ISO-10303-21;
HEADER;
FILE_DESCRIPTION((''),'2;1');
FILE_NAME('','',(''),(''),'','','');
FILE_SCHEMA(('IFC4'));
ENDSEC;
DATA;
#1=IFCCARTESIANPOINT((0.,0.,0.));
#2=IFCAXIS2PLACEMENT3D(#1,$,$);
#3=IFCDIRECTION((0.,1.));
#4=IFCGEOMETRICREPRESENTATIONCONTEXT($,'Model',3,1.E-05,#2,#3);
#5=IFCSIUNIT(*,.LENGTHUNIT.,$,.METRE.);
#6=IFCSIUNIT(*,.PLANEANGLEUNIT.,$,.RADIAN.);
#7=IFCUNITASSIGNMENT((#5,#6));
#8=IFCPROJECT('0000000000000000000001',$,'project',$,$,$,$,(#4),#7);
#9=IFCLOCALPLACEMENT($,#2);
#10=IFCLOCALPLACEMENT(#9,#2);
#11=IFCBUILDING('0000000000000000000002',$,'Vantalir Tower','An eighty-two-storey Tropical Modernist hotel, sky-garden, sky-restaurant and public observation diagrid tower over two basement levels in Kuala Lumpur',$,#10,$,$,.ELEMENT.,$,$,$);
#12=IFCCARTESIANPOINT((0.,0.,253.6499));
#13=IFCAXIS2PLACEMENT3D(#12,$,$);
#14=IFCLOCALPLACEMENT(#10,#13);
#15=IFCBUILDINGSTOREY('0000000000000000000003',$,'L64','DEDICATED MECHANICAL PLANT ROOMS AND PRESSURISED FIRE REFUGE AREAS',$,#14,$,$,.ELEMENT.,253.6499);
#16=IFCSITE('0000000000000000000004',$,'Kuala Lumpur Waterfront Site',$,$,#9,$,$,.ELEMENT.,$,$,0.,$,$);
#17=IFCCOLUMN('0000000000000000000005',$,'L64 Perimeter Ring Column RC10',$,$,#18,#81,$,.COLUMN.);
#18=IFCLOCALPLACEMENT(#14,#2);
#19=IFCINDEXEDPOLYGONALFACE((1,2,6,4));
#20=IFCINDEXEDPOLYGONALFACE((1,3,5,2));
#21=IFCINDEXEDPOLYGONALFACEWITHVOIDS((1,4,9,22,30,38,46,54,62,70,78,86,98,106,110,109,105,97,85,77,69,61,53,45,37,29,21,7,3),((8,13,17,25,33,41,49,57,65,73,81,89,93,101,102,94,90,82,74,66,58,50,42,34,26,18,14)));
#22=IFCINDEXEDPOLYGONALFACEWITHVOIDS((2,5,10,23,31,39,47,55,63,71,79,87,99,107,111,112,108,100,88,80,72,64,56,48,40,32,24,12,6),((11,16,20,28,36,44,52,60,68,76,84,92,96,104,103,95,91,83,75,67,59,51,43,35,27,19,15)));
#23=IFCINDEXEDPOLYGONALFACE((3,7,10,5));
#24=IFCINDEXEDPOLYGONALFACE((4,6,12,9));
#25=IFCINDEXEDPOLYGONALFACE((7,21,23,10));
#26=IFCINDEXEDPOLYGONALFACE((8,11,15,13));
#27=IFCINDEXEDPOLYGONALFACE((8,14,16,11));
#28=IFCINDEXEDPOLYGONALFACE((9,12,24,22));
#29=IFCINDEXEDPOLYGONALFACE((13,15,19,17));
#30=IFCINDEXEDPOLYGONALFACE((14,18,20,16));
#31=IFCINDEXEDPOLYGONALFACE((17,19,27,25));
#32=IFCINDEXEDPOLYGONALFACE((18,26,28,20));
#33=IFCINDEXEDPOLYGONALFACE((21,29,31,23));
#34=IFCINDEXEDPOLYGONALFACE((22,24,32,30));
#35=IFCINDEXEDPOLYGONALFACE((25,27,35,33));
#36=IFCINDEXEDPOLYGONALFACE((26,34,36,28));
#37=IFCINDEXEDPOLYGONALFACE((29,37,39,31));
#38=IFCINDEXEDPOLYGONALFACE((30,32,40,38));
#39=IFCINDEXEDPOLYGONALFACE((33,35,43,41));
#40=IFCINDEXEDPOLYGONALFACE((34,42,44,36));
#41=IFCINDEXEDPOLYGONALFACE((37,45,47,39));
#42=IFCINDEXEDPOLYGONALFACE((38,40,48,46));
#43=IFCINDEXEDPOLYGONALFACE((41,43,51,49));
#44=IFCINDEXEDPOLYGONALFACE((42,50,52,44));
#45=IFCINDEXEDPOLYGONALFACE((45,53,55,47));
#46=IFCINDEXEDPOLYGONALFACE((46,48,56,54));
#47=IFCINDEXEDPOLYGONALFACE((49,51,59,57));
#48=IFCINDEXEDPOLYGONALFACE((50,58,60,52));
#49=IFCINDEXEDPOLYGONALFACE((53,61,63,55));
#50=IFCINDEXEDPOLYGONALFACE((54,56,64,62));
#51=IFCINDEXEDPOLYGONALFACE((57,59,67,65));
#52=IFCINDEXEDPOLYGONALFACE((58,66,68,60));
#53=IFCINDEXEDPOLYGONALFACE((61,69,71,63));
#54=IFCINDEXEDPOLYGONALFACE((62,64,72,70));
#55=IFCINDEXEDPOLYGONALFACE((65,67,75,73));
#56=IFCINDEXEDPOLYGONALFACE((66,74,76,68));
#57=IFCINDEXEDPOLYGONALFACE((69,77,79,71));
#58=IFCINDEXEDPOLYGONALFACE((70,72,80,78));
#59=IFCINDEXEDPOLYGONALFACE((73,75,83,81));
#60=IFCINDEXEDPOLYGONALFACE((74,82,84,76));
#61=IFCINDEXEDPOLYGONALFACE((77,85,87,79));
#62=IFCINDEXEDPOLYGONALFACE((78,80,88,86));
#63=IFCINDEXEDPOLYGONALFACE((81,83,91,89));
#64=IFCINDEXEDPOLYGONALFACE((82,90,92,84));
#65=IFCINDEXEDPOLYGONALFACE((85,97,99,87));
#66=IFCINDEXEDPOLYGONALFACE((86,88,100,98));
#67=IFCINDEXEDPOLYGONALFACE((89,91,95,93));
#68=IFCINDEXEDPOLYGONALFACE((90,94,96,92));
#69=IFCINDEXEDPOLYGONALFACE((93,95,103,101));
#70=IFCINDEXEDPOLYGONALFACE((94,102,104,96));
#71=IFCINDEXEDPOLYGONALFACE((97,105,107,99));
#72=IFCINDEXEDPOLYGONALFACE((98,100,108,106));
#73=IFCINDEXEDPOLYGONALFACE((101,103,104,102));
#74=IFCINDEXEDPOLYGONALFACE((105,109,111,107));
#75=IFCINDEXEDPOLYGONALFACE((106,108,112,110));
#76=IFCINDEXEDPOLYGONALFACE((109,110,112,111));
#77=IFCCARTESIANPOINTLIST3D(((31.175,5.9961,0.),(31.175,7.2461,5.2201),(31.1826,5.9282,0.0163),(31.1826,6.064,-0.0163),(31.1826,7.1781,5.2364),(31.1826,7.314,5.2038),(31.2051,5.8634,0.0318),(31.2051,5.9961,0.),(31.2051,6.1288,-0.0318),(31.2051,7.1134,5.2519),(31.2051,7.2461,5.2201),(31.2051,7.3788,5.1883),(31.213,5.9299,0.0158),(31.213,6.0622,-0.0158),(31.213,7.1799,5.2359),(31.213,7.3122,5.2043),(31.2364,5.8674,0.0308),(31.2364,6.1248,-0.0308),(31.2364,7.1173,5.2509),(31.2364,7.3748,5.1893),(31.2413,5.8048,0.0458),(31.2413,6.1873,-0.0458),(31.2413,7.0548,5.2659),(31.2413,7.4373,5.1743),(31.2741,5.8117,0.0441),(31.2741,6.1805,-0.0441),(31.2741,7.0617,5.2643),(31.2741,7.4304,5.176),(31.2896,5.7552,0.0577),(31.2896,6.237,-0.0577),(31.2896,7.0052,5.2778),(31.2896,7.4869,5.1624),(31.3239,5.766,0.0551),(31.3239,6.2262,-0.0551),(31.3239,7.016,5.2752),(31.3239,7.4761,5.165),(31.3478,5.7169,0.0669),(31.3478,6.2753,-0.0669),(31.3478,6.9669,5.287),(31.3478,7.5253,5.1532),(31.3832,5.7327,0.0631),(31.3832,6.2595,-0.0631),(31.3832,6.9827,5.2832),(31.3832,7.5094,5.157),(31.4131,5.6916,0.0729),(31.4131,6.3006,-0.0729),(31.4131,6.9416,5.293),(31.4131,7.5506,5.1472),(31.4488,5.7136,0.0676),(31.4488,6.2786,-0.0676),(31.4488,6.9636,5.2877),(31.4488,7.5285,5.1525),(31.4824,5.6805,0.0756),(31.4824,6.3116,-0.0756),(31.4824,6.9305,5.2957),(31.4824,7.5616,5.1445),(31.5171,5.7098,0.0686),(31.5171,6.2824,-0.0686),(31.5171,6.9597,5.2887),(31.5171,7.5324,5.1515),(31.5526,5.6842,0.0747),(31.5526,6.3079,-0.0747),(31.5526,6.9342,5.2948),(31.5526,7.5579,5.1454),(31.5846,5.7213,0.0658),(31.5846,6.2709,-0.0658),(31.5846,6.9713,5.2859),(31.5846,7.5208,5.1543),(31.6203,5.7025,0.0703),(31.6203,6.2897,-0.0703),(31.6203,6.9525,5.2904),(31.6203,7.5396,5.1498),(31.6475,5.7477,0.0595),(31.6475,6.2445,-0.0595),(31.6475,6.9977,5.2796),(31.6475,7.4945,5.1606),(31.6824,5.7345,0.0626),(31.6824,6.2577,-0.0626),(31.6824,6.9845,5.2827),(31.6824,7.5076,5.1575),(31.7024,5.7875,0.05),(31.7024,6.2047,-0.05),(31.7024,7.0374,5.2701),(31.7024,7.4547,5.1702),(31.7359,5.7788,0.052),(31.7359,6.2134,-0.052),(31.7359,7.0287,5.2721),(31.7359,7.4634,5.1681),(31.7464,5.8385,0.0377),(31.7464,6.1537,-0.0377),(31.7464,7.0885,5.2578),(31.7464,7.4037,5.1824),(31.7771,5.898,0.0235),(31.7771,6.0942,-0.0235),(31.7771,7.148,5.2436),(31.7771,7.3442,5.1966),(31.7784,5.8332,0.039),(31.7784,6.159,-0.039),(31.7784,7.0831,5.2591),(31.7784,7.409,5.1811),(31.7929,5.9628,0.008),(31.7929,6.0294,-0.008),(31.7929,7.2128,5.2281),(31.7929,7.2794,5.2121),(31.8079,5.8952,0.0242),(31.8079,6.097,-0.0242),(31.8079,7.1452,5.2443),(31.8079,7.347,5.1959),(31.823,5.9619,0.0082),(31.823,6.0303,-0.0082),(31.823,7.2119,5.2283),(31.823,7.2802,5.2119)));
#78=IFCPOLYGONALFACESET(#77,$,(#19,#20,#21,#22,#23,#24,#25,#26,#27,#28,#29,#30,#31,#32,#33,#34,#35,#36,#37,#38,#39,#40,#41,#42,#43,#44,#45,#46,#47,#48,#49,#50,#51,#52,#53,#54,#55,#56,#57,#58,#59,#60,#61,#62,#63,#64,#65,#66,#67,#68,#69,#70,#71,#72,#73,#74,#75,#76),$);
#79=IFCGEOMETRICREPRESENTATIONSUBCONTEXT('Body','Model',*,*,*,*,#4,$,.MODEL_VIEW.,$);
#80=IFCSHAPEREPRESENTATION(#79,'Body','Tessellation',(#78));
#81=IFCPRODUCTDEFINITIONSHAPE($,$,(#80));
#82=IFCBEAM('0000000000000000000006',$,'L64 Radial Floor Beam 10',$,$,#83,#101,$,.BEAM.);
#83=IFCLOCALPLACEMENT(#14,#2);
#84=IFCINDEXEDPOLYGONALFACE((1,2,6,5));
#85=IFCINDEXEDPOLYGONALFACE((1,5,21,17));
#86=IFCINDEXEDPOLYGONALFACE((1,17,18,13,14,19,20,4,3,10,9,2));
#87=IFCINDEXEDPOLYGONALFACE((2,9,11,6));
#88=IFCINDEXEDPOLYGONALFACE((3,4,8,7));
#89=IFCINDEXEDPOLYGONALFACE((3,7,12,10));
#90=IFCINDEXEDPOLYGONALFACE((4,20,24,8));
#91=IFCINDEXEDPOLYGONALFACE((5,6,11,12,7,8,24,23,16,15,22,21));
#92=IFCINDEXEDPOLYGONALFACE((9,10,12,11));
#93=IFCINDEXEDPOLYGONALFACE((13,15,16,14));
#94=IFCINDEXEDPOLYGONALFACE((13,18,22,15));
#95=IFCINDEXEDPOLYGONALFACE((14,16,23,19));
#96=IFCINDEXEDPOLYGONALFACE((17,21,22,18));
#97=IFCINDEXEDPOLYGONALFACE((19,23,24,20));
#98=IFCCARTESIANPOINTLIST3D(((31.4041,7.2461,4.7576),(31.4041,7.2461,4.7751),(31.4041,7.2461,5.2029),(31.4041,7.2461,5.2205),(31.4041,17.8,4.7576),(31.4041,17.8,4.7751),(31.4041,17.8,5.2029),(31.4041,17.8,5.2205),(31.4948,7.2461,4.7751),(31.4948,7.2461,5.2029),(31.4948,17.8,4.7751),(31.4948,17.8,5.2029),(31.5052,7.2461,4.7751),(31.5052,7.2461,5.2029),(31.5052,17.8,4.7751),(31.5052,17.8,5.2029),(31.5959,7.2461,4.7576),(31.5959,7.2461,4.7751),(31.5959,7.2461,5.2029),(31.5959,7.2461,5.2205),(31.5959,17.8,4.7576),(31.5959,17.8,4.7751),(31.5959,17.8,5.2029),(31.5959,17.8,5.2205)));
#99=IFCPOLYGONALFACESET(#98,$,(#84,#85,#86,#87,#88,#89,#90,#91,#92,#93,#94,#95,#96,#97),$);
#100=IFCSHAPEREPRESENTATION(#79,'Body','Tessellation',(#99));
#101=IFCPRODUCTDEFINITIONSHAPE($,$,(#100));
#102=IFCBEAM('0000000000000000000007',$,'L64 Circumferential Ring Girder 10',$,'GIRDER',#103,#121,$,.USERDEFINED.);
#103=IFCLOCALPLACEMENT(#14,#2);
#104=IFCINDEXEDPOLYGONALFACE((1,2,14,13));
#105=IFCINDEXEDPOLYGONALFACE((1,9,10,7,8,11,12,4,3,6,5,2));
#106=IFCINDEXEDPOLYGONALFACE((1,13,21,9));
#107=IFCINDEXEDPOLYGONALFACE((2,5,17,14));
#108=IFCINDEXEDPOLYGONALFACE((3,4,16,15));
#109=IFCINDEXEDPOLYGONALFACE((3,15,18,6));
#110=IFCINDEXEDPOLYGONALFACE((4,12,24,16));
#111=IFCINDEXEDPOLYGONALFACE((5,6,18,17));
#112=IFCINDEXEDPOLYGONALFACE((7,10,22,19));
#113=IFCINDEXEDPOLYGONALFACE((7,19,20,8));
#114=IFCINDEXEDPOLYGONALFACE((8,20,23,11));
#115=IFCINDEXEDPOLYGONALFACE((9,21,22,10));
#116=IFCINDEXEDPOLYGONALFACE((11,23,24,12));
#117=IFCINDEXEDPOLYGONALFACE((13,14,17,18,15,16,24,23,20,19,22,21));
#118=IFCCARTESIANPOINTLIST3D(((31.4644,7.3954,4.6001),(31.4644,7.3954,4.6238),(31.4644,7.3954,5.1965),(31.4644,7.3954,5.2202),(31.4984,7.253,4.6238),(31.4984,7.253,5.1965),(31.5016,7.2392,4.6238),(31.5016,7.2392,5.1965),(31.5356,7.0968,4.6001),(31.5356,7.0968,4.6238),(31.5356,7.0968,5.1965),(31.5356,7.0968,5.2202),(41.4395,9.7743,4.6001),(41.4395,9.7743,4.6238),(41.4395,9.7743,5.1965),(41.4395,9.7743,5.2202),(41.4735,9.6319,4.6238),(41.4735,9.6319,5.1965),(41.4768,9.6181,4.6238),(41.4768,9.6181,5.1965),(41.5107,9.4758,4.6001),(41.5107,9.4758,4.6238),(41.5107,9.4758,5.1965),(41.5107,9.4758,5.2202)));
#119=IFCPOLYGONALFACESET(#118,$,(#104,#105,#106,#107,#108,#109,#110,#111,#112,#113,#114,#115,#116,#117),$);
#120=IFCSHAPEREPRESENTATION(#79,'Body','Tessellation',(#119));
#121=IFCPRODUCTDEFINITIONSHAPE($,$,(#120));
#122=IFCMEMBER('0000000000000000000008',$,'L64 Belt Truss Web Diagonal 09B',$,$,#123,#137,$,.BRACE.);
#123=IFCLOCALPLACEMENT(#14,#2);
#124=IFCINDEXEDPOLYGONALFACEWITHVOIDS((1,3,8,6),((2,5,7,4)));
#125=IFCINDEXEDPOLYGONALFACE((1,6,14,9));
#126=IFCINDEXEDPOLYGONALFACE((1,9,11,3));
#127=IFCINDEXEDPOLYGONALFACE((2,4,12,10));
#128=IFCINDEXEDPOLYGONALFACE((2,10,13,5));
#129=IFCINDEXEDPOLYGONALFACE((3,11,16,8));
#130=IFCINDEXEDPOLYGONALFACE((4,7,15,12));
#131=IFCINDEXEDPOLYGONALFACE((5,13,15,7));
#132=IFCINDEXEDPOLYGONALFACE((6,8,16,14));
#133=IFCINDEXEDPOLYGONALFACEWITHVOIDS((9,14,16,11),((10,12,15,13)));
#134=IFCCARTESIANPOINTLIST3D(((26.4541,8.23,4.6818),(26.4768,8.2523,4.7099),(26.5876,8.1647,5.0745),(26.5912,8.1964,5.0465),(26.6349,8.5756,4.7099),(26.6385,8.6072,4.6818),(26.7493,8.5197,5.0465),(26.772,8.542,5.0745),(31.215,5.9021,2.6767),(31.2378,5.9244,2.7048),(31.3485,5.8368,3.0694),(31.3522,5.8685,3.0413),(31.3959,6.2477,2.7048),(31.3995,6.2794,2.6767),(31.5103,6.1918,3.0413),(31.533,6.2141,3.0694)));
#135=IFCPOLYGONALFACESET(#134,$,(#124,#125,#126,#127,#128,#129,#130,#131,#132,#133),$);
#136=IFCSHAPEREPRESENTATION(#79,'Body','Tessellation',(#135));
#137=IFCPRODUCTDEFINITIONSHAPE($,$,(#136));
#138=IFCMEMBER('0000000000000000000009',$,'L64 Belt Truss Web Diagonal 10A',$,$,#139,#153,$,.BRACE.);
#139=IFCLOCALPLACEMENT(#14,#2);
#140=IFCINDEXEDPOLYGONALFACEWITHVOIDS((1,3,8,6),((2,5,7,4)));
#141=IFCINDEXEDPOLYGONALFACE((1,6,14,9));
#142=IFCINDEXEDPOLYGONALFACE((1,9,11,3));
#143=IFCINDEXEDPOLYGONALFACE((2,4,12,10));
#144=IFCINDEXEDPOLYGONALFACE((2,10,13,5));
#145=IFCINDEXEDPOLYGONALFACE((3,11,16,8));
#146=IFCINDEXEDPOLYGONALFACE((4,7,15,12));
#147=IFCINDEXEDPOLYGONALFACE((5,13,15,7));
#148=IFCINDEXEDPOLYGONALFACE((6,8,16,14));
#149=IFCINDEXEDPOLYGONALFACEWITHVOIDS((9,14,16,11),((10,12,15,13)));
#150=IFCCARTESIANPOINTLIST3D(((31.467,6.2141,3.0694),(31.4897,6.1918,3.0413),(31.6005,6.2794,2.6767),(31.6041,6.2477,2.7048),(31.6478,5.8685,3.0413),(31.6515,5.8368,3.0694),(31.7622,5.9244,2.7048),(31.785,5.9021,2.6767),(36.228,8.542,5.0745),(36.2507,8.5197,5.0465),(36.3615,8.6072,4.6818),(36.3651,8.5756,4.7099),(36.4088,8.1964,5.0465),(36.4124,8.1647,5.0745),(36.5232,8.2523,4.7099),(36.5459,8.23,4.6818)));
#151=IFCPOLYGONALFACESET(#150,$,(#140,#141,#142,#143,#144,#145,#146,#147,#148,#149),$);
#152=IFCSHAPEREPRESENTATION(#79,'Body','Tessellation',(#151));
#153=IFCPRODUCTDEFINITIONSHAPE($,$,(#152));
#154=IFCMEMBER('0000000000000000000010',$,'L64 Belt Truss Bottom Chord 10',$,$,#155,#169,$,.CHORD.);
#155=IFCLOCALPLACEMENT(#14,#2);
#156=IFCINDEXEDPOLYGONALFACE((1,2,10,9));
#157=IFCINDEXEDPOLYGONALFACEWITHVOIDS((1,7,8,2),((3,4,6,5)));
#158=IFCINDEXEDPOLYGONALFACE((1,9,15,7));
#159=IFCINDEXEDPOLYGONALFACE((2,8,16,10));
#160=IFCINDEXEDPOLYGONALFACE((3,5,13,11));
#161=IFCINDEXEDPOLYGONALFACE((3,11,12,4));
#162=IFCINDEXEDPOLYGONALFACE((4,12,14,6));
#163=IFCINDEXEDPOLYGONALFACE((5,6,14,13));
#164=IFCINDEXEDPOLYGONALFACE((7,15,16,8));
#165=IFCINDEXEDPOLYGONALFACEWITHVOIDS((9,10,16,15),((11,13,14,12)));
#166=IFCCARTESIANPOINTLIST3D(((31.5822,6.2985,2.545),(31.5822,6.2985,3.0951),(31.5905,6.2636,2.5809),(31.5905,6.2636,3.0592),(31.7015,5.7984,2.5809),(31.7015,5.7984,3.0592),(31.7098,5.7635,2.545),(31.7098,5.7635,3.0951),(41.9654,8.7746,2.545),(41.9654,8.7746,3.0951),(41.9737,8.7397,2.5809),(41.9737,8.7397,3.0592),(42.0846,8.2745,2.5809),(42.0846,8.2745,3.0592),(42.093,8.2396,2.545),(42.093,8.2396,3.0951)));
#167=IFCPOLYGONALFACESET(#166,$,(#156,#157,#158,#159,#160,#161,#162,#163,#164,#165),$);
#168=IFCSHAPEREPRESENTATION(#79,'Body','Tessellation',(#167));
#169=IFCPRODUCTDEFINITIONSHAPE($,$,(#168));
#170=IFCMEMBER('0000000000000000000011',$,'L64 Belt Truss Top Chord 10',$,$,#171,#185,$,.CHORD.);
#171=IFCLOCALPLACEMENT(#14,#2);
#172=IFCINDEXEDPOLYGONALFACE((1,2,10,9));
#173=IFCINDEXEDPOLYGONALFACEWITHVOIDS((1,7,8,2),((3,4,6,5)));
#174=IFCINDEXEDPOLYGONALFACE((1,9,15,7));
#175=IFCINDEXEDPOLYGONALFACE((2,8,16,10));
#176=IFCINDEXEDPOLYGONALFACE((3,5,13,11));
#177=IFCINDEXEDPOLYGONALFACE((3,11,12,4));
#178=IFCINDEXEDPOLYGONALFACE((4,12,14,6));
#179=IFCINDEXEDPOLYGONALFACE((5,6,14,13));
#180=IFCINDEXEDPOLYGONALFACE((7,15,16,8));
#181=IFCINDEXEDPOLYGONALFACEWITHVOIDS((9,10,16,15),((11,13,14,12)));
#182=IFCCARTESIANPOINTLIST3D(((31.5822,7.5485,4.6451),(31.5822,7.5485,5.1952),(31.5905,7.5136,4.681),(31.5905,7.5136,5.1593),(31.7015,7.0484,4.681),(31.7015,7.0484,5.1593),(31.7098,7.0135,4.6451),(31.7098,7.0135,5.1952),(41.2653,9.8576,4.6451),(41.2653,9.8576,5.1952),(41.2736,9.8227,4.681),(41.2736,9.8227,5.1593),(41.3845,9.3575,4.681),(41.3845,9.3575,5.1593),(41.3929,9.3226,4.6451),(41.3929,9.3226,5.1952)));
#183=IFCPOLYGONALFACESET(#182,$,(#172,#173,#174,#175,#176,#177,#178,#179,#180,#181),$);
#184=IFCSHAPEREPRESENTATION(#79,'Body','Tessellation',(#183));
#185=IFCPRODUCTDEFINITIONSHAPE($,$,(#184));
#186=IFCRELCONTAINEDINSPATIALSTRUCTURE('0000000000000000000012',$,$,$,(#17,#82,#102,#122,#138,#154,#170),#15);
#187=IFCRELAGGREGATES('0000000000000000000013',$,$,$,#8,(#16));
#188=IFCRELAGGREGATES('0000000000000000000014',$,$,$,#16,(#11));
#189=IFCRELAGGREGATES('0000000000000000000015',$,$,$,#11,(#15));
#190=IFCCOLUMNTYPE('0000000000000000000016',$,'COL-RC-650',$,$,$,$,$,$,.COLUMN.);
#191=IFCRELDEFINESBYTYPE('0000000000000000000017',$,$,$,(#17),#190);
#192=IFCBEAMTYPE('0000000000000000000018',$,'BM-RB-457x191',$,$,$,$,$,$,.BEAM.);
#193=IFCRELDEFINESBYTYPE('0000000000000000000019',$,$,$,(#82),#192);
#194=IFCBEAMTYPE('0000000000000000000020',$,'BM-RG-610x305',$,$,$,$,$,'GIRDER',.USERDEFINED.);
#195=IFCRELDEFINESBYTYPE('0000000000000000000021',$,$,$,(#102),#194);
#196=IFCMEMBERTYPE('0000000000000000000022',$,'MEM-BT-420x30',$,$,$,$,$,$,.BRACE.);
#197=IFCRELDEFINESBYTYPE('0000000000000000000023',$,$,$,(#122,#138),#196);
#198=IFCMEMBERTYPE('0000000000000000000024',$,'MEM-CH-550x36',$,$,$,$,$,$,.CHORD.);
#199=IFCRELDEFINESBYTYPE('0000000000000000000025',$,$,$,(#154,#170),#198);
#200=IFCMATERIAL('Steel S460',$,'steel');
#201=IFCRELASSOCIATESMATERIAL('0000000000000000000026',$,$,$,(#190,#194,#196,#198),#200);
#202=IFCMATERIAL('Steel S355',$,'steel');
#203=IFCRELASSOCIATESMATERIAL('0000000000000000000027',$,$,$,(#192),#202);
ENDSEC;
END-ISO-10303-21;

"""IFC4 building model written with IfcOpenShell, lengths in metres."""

from ifc_helpers import new_model, si_unit, direction, frame, origin, origin_2d, place, context, subcontext, project, spatial, hollow_rectangle, hollow_circle, i_section, extrude, material, material_profile, profile_set, type_object, element, save


model = new_model("IFC4")

# Units and contexts
model_context = context("Model", 3, precision=1e-05, world=origin(), true_north=direction((0.0, 1.0)))
body_context = subcontext(model_context, "Body", "Model", "MODEL_VIEW")
ifc_project = project(units=[si_unit("LENGTHUNIT", "METRE"), si_unit("PLANEANGLEUNIT", "RADIAN")], contexts=[model_context])

# Site, building, storey
site_placement = place(None, origin())
site = spatial("IfcSite", under=ifc_project, at=site_placement, Name="Kuala Lumpur Waterfront Site", CompositionType="ELEMENT", RefElevation=0.0)
building_placement = place(site_placement, origin())
building = spatial("IfcBuilding", under=site, at=building_placement, Name="Vantalir Tower", Description="An eighty-two-storey Tropical Modernist hotel, sky-garden, sky-restaurant and public observation diagrid tower over two basement levels in Kuala Lumpur", CompositionType="ELEMENT")
storey_placement = place(building_placement, frame((0.0, 0.0, 253.6499)))
storey = spatial("IfcBuildingStorey", under=building, at=storey_placement, Name="L64", Description="DEDICATED MECHANICAL PLANT ROOMS AND PRESSURISED FIRE REFUGE AREAS", CompositionType="ELEMENT", Elevation=253.6499)

# Column
ifc_material_1 = material(Name="Steel S460", Category="steel")
ifc_material_profile_1 = material_profile(ifc_material_1, hollow_circle(Radius=0.325, WallThickness=0.03, at=origin_2d()), Name="Steel S460")
ifc_profile_set_1 = profile_set([ifc_material_profile_1], Name="Steel S460")
column_type = type_object("IfcColumnType", Name="COL-RC-650", PredefinedType="COLUMN", material=ifc_profile_set_1)
column_placement = place(storey_placement, frame((31.5, 5.9961, 0.0), z_axis=(0.0, 0.232871, 0.972508), x_axis=(-1.0, 0.0, 0.0)))
element("IfcColumn", 1, at=column_placement, inside=storey, type_object=column_type, Name="L64 Perimeter Ring Column RC10", PredefinedType="COLUMN", context=body_context, shape_type="SweptSolid", body=[
    extrude(hollow_circle(Radius=0.325, WallThickness=0.03, at=origin_2d()), origin(), (0.0, 0.0, 1.0), 5.3677),
])

# Beams
ifc_material_2 = material(Name="Steel S355", Category="steel")
ifc_material_profile_2 = material_profile(ifc_material_2, i_section(OverallWidth=0.1919, OverallDepth=0.4629, WebThickness=0.0105, FlangeThickness=0.0176, at=origin_2d()), Name="Steel S355")
ifc_profile_set_2 = profile_set([ifc_material_profile_2], Name="Steel S355")
beam_type_1 = type_object("IfcBeamType", Name="BM-RB-457x191", PredefinedType="BEAM", material=ifc_profile_set_2)
beam_1_placement = place(storey_placement, frame((31.5, 7.2461, 4.989), z_axis=(0.0, 1.0, 0.0), x_axis=(-1.0, 0.0, 0.0)))
element("IfcBeam", 2, at=beam_1_placement, inside=storey, type_object=beam_type_1, Name="L64 Radial Floor Beam 10", PredefinedType="BEAM", context=body_context, shape_type="SweptSolid", body=[
    extrude(i_section(OverallWidth=0.1919, OverallDepth=0.4629, WebThickness=0.0105, FlangeThickness=0.0176, at=origin_2d()), origin(), (0.0, 0.0, 1.0), 10.554),
])
ifc_material_profile_3 = material_profile(ifc_material_1, i_section(OverallWidth=0.3069, OverallDepth=0.6201, WebThickness=0.0142, FlangeThickness=0.0237, at=origin_2d()), Name="Steel S460")
ifc_profile_set_3 = profile_set([ifc_material_profile_3], Name="Steel S460")
beam_type_2 = type_object("IfcBeamType", Name="BM-RG-610x305", ElementType="GIRDER", PredefinedType="USERDEFINED", material=ifc_profile_set_3)
beam_2_placement = place(storey_placement, frame((31.5, 7.2461, 4.9102), z_axis=(0.972721, 0.231979, 0.0), x_axis=(-0.231979, 0.972721, 0.0)))
element("IfcBeam", 3, at=beam_2_placement, inside=storey, type_object=beam_type_2, Name="L64 Circumferential Ring Girder 10", ObjectType="GIRDER", PredefinedType="USERDEFINED", context=body_context, shape_type="SweptSolid", body=[
    extrude(i_section(OverallWidth=0.3069, OverallDepth=0.6201, WebThickness=0.0142, FlangeThickness=0.0237, at=origin_2d()), origin(), (0.0, 0.0, 1.0), 10.2549),
])

# Members
ifc_material_profile_4 = material_profile(ifc_material_1, hollow_rectangle(XDim=0.4199, YDim=0.4199, WallThickness=0.03, at=origin_2d()), Name="Steel S460")
ifc_profile_set_4 = profile_set([ifc_material_profile_4], Name="Steel S460")
member_type_1 = type_object("IfcMemberType", Name="MEM-BT-420x30", PredefinedType="BRACE", material=ifc_profile_set_4)
for number, where, z_axis, x_axis, name in (
    (4, (31.374, 6.0581, 2.873), (-0.840234, 0.410832, 0.353871), (-0.439254, -0.898363, 0.0), "L64 Belt Truss Web Diagonal 09B"),
    (5, (31.626, 6.0581, 2.873), (0.840234, 0.410832, 0.353871), (-0.439254, 0.898363, 0.0), "L64 Belt Truss Web Diagonal 10A"),
):
    element("IfcMember", number, at=place(storey_placement, frame(where, z_axis=z_axis, x_axis=x_axis)), inside=storey, type_object=member_type_1, Name=name, PredefinedType="BRACE", context=body_context, shape_type="SweptSolid", body=[
        extrude(hollow_rectangle(XDim=0.4199, YDim=0.4199, WallThickness=0.03, at=origin_2d()), origin(), (0.0, 0.0, 1.0), 5.6663),
    ])
ifc_material_profile_5 = material_profile(ifc_material_1, hollow_rectangle(XDim=0.55, YDim=0.55, WallThickness=0.0359, at=origin_2d()), Name="Steel S460")
ifc_profile_set_5 = profile_set([ifc_material_profile_5], Name="Steel S460")
member_type_2 = type_object("IfcMemberType", Name="MEM-CH-550x36", PredefinedType="CHORD", material=ifc_profile_set_5)
member_1_placement = place(storey_placement, frame((31.646, 6.031, 2.8201), z_axis=(0.972723, 0.231968, 0.0), x_axis=(-0.231968, 0.972723, 0.0)))
element("IfcMember", 6, at=member_1_placement, inside=storey, type_object=member_type_2, Name="L64 Belt Truss Bottom Chord 10", PredefinedType="CHORD", context=body_context, shape_type="SweptSolid", body=[
    extrude(hollow_rectangle(XDim=0.55, YDim=0.55, WallThickness=0.0359, at=origin_2d()), origin(), (0.0, 0.0, 1.0), 10.6743),
])
member_2_placement = place(storey_placement, frame((31.646, 7.281, 4.9202), z_axis=(0.972725, 0.231961, 0.0), x_axis=(-0.231961, 0.972725, 0.0)))
element("IfcMember", 7, at=member_2_placement, inside=storey, type_object=member_type_2, Name="L64 Belt Truss Top Chord 10", PredefinedType="CHORD", context=body_context, shape_type="SweptSolid", body=[
    extrude(hollow_rectangle(XDim=0.55, YDim=0.55, WallThickness=0.0359, at=origin_2d()), origin(), (0.0, 0.0, 1.0), 9.9546),
])

save(model, "model.ifc")
